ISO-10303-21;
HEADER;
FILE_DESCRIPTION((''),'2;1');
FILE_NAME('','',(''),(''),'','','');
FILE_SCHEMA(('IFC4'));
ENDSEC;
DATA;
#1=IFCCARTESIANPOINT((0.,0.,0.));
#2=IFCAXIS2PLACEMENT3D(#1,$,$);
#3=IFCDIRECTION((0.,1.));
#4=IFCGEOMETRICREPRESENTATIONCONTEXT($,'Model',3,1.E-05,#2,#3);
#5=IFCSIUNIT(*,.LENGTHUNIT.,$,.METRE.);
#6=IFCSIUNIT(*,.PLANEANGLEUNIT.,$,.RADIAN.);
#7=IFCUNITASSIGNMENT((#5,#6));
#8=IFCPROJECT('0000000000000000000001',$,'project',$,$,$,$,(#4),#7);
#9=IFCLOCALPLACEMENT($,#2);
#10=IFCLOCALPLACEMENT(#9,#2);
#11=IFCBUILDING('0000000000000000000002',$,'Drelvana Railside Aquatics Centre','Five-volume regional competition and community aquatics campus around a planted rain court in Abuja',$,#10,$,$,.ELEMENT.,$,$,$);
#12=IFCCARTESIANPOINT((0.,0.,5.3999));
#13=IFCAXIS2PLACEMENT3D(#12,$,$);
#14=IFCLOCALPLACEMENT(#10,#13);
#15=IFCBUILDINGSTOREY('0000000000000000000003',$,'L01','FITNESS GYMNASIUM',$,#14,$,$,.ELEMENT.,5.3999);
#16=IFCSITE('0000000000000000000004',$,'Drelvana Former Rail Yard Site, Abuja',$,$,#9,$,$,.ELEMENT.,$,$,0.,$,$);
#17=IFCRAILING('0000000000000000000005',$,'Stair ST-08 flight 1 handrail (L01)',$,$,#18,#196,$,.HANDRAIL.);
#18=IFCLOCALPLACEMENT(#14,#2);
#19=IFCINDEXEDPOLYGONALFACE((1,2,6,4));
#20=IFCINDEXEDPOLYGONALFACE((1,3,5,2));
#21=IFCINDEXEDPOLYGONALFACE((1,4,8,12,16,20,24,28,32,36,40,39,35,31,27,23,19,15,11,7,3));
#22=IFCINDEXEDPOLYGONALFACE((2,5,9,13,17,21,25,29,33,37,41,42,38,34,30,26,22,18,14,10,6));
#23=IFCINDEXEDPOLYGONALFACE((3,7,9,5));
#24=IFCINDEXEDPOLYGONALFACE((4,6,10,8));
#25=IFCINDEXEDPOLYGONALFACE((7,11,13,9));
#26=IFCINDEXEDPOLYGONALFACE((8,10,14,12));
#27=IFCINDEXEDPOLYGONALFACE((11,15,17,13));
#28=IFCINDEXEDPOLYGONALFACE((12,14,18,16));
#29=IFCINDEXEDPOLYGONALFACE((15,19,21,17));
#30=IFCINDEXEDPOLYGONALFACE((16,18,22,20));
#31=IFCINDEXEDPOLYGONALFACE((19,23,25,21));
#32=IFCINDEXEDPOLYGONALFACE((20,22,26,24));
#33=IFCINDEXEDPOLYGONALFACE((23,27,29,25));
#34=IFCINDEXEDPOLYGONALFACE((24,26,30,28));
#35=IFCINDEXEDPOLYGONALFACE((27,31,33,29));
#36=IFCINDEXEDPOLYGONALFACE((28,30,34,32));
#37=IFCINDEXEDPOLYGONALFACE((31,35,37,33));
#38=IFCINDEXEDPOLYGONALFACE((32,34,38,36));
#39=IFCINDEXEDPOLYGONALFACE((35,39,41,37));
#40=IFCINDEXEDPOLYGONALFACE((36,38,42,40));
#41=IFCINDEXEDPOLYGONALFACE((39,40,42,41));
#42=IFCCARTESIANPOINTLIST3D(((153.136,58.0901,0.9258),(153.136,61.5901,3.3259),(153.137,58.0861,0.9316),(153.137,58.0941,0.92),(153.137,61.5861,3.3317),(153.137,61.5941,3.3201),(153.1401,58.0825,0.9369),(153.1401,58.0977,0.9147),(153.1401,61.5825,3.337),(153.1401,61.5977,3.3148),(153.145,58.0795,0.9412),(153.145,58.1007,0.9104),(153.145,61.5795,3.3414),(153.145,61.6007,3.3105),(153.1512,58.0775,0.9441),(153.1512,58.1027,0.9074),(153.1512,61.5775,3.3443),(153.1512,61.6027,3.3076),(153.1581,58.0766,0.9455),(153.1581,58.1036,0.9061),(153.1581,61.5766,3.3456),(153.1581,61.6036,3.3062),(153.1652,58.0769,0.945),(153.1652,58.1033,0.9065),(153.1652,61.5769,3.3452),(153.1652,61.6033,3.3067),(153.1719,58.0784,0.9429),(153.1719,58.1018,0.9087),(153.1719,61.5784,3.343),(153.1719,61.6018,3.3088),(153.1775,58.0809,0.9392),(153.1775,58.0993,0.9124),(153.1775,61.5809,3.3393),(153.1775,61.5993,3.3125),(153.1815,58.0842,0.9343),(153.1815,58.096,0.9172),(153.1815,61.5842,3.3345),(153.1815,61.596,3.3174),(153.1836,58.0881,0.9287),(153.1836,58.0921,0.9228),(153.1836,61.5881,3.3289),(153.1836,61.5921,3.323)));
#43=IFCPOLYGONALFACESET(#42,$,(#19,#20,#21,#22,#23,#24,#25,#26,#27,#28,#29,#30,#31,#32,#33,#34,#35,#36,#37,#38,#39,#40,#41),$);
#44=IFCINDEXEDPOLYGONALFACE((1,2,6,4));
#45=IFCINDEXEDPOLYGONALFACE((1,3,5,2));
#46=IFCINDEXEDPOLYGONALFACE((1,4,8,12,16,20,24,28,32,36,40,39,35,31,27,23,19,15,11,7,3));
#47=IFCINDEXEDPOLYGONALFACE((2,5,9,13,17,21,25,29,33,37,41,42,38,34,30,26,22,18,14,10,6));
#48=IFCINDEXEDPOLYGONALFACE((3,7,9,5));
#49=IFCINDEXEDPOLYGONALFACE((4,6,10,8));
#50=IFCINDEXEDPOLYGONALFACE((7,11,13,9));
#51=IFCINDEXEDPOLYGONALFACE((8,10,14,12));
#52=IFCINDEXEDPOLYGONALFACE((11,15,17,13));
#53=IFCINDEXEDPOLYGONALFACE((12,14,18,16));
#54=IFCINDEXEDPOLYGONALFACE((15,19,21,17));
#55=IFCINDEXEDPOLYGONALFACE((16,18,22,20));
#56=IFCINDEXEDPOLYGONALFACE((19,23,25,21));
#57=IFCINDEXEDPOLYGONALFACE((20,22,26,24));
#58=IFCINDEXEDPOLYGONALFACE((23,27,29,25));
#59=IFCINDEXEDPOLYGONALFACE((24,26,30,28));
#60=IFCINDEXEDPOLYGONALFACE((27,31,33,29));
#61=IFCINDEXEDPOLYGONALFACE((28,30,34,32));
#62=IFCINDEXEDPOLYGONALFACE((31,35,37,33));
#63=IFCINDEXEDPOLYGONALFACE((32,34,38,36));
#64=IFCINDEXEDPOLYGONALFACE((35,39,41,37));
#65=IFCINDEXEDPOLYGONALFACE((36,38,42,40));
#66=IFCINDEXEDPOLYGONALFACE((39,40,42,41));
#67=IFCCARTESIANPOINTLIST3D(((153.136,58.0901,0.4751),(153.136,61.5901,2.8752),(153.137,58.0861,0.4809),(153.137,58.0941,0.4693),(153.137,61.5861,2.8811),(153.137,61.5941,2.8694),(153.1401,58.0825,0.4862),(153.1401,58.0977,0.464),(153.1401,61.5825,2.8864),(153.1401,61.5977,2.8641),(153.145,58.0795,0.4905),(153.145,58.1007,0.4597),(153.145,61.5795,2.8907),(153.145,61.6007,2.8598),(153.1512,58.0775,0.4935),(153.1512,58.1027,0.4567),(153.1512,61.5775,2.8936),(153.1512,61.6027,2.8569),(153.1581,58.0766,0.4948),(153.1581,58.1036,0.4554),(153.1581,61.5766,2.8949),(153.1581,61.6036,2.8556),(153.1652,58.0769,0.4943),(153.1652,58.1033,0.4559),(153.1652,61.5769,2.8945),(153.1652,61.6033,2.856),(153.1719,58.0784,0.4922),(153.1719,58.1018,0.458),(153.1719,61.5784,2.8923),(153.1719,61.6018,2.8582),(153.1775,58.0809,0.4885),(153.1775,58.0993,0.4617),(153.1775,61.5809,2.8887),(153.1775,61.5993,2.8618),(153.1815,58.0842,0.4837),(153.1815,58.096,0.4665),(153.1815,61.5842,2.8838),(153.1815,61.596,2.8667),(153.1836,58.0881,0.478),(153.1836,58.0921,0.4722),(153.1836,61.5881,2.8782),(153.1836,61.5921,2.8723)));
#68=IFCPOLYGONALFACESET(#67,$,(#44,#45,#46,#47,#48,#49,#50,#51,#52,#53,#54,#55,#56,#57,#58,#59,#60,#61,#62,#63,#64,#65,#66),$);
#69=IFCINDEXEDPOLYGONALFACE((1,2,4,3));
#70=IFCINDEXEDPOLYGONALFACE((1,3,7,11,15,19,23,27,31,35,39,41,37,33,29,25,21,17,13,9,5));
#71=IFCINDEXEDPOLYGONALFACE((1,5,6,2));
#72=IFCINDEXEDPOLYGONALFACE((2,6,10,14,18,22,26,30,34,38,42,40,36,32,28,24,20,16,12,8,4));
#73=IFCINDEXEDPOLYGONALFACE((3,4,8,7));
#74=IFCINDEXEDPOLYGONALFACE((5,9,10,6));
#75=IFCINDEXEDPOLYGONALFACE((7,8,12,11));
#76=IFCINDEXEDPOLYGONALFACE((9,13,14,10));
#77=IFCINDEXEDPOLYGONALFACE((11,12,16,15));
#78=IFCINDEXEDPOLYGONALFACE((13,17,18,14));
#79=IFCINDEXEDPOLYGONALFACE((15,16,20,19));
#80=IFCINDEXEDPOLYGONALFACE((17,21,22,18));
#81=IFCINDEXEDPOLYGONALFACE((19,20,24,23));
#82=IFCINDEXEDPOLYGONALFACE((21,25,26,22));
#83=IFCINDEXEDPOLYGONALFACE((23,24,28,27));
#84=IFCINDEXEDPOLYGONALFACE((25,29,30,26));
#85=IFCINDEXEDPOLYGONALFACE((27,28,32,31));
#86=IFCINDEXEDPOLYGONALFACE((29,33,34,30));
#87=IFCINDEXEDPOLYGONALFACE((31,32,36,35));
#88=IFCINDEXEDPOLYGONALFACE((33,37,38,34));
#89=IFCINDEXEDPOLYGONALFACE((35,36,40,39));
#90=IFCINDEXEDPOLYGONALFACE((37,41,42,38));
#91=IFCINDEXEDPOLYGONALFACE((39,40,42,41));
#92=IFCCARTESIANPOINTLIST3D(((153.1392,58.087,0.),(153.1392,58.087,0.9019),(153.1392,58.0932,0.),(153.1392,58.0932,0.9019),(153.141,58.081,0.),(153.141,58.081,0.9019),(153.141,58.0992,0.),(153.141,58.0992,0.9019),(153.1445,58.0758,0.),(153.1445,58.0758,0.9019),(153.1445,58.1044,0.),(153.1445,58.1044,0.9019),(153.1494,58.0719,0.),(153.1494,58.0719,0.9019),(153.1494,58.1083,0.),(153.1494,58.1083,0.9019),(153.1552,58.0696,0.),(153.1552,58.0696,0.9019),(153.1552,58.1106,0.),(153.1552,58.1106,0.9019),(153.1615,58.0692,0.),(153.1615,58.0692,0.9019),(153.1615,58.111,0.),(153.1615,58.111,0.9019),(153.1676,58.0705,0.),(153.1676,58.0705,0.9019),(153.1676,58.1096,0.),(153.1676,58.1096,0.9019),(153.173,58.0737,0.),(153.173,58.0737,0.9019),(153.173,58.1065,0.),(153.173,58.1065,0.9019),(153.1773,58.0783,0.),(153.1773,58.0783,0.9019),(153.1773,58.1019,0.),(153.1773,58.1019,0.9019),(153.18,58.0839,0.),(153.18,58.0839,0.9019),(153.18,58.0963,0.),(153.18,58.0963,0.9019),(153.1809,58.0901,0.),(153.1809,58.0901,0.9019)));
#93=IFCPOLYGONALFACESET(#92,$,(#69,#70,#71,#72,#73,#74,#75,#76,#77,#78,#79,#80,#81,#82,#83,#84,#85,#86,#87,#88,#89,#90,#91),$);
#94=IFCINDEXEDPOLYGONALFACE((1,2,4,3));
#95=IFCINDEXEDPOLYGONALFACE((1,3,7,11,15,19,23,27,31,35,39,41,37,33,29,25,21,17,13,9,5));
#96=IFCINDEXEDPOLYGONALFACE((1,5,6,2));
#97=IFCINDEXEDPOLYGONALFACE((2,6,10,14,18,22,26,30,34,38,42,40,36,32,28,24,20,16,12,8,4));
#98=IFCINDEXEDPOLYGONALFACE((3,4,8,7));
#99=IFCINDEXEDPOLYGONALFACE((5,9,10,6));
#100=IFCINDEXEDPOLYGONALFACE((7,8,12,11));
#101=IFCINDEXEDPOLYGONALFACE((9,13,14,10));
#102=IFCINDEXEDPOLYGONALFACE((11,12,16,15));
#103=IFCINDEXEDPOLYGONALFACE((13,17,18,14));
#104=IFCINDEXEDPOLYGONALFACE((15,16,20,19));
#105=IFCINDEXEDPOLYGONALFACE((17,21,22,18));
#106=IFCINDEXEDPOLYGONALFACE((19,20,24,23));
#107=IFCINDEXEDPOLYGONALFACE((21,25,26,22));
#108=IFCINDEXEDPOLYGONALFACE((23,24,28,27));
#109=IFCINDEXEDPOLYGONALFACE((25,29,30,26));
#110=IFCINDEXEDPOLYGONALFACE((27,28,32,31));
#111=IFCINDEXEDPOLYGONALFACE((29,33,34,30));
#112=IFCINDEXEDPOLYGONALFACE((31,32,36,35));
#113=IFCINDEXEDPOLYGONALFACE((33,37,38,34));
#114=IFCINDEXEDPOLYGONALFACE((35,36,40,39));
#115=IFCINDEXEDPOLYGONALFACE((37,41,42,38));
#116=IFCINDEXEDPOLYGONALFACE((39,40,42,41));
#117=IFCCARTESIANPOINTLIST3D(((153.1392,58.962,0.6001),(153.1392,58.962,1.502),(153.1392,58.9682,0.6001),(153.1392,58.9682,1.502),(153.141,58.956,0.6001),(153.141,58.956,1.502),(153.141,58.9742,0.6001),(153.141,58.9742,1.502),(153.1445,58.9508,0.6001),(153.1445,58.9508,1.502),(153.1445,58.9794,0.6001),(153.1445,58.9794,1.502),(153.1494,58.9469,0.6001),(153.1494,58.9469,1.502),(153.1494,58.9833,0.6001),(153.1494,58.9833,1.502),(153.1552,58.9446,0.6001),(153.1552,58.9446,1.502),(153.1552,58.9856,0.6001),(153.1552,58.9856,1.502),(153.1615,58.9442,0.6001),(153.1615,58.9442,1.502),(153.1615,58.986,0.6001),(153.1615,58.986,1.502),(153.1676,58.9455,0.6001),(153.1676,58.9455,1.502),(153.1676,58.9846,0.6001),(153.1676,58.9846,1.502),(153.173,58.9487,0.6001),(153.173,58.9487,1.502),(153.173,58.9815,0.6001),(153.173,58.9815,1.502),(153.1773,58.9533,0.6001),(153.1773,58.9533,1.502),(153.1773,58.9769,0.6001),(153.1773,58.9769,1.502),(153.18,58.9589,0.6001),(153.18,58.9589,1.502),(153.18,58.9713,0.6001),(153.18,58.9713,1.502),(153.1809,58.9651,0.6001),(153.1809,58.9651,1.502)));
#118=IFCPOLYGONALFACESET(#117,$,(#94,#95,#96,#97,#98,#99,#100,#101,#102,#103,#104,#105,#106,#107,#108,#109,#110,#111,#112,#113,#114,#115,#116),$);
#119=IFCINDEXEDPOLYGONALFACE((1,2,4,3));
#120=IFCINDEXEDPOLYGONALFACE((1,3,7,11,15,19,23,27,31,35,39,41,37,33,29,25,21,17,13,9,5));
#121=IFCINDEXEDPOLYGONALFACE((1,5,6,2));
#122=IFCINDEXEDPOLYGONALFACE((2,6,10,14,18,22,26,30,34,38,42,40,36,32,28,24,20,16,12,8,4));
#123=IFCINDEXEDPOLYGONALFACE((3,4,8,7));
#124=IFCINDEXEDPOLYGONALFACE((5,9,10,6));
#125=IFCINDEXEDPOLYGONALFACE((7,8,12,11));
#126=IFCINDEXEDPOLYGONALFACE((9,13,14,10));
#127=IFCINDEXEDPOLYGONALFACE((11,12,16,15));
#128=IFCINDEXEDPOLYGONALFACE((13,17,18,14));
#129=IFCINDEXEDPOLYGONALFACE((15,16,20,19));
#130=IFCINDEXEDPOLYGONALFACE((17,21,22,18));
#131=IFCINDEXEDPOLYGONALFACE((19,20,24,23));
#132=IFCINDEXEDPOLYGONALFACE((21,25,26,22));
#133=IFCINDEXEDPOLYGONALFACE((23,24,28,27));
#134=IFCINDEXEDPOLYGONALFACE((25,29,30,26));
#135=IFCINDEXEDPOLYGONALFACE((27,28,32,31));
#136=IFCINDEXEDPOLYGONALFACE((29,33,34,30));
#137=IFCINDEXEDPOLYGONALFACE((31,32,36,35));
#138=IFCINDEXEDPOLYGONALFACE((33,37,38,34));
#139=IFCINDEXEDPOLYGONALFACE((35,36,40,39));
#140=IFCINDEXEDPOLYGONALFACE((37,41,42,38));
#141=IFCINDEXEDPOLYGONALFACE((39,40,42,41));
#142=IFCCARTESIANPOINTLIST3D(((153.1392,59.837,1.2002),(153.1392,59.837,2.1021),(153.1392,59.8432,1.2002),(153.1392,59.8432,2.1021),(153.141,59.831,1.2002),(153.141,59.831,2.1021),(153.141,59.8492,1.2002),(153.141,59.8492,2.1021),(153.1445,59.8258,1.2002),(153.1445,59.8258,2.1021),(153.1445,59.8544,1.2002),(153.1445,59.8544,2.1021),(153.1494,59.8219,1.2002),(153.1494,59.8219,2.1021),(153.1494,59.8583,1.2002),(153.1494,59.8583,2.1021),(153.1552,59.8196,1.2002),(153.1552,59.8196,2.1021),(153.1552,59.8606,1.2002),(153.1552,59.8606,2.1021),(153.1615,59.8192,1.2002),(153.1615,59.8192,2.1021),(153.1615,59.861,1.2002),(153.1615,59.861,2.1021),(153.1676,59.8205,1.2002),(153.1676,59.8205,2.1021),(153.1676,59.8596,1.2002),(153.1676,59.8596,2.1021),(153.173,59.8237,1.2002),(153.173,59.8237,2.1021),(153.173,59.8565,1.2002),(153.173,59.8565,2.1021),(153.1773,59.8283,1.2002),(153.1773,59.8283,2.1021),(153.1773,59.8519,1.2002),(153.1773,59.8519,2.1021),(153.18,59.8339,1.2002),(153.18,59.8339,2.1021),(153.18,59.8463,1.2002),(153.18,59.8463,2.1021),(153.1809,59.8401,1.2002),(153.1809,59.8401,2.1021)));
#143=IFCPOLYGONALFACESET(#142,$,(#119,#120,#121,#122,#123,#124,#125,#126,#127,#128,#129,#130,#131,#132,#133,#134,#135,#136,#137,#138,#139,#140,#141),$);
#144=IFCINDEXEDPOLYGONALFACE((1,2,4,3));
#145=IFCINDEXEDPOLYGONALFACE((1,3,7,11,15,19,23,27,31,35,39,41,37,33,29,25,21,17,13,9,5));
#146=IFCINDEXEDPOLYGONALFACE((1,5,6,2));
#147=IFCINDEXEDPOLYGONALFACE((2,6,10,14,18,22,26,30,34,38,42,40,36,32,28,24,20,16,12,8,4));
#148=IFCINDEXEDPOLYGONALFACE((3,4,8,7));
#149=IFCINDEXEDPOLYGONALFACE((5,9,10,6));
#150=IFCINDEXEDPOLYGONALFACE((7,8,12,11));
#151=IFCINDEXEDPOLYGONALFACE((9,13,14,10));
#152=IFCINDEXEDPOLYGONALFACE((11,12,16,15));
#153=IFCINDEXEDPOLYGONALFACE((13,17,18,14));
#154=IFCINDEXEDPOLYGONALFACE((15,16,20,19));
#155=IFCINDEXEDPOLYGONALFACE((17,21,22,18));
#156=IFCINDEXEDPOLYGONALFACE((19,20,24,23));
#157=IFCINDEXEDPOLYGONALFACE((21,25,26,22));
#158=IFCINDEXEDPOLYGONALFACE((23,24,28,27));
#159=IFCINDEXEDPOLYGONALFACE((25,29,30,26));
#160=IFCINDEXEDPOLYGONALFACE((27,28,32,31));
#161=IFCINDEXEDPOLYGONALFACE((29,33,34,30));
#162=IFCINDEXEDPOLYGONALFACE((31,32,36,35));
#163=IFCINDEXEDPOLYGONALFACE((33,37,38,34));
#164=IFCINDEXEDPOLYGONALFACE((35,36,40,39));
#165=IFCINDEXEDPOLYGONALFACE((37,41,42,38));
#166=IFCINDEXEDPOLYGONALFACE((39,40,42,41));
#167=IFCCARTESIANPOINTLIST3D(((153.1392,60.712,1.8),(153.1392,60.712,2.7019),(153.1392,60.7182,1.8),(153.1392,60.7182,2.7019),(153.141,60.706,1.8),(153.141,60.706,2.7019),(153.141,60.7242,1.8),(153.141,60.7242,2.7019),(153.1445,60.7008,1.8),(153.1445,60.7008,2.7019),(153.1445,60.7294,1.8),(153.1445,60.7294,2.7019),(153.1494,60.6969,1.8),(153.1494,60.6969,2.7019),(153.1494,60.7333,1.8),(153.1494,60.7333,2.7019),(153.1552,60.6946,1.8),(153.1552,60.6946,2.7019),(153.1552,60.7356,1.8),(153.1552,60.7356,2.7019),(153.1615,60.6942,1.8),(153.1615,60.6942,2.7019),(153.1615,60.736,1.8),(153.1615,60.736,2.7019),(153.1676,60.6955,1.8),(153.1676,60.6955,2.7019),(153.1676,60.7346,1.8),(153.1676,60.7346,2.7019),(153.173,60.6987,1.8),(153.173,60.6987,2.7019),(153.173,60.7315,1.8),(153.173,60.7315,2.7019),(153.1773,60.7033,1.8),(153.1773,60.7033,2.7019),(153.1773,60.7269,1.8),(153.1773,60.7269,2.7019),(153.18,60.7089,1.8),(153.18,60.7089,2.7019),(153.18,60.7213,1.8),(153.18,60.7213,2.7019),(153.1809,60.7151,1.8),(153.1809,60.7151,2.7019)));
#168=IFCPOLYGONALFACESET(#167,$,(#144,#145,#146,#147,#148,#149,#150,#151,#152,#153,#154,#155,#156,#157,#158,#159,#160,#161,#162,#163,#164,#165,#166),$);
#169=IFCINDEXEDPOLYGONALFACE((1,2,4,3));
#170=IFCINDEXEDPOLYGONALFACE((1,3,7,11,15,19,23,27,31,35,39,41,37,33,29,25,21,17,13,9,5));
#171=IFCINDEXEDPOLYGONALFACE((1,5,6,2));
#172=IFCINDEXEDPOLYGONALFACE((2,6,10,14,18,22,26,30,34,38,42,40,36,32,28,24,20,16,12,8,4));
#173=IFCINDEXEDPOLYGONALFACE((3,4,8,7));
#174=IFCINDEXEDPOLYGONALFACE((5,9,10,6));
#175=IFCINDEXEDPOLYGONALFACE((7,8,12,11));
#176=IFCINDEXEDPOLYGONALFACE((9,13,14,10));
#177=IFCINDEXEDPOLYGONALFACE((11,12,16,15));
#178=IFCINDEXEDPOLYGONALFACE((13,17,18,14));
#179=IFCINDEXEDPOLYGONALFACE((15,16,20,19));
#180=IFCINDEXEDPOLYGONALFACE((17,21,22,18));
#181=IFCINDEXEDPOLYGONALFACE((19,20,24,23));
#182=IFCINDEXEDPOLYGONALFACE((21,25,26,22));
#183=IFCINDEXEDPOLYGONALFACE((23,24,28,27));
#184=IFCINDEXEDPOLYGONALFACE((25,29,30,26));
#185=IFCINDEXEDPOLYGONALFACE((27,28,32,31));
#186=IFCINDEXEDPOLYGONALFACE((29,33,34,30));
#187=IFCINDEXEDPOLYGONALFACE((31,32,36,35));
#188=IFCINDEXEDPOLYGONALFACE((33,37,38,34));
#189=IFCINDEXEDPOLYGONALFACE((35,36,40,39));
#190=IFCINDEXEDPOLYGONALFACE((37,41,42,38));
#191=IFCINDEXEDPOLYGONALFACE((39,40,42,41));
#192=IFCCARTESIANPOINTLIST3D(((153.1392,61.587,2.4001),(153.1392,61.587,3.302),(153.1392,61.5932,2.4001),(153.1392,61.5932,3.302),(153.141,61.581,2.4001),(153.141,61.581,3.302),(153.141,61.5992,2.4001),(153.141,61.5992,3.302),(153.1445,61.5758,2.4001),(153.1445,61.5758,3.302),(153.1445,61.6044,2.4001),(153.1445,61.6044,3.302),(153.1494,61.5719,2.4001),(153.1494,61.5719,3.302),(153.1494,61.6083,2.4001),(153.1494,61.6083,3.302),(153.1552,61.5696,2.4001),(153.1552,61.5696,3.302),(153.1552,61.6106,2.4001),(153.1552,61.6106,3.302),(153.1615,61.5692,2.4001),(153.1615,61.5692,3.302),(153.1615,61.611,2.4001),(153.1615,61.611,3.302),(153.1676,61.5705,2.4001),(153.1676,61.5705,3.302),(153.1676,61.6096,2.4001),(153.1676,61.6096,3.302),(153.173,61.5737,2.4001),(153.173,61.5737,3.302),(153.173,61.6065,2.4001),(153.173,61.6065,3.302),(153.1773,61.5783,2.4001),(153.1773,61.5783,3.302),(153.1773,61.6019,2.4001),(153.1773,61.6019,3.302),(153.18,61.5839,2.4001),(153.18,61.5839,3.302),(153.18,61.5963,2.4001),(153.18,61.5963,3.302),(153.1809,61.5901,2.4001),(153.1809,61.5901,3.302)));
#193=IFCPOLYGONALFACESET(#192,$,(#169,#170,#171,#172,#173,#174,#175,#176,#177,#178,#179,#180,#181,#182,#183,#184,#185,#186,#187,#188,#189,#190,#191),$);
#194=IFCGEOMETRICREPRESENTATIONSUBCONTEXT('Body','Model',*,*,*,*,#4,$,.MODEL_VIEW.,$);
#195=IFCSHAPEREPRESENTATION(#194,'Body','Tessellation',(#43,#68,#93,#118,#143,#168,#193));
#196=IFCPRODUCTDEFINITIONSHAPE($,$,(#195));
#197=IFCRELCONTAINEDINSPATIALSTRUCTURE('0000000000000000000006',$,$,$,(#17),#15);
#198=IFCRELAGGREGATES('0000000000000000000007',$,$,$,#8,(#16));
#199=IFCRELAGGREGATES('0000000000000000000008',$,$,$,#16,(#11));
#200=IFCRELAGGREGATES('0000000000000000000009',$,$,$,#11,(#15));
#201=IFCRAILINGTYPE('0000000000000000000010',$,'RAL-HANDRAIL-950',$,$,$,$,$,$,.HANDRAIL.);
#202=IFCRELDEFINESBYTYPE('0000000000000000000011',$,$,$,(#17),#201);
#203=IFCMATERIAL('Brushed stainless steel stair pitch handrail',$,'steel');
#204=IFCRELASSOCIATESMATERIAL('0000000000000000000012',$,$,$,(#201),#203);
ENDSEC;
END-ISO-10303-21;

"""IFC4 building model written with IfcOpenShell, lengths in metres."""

from ifc_helpers import new_model, si_unit, direction, frame, origin, origin_2d, place, context, subcontext, project, spatial, circle, extrude, material, type_object, element, save


model = new_model("IFC4")

# Units and contexts
model_context = context("Model", 3, precision=1e-05, world=origin(), true_north=direction((0.0, 1.0)))
body_context = subcontext(model_context, "Body", "Model", "MODEL_VIEW")
ifc_project = project(units=[si_unit("LENGTHUNIT", "METRE"), si_unit("PLANEANGLEUNIT", "RADIAN")], contexts=[model_context])

# Site, building, storey
site_placement = place(None, origin())
site = spatial("IfcSite", under=ifc_project, at=site_placement, Name="Drelvana Former Rail Yard Site, Abuja", CompositionType="ELEMENT", RefElevation=0.0)
building_placement = place(site_placement, origin())
building = spatial("IfcBuilding", under=site, at=building_placement, Name="Drelvana Railside Aquatics Centre", Description="Five-volume regional competition and community aquatics campus around a planted rain court in Abuja", CompositionType="ELEMENT")
storey_placement = place(building_placement, frame((0.0, 0.0, 5.3999)))
storey = spatial("IfcBuildingStorey", under=building, at=storey_placement, Name="L01", Description="FITNESS GYMNASIUM", CompositionType="ELEMENT", Elevation=5.3999)

# Railing
ifc_material_1 = material(Name="Brushed stainless steel stair pitch handrail", Category="steel")
railing_type = type_object("IfcRailingType", Name="RAL-HANDRAIL-950", PredefinedType="HANDRAIL", material=ifc_material_1)
railing_1_placement = place(storey_placement, frame((153.1599, 58.0901, 0.0)))
element("IfcRailing", 1, at=railing_1_placement, inside=storey, type_object=railing_type, Name="Stair ST-08 flight 1 handrail (L01)", PredefinedType="HANDRAIL", context=body_context, shape_type="SweptSolid", body=[
    extrude(circle(Radius=0.0239, at=origin_2d()), frame((0.0, 0.0, 0.9258), z_axis=(0.0, 0.824713, 0.565552), x_axis=(-1.0, 0.0, 0.0)), (0.0, 0.0, 1.0), 4.2439),
    extrude(circle(Radius=0.0239, at=origin_2d()), frame((0.0, 0.0, 0.4751), z_axis=(0.0, 0.824713, 0.565552), x_axis=(-1.0, 0.0, 0.0)), (0.0, 0.0, 1.0), 4.2439),
    extrude(circle(Radius=0.021, at=origin_2d()), origin(), (0.0, 0.0, 1.0), 0.9019),
    extrude(circle(Radius=0.021, at=origin_2d()), frame((0.0, 0.875, 0.6001)), (0.0, 0.0, 1.0), 0.9019),
    extrude(circle(Radius=0.021, at=origin_2d()), frame((0.0, 1.75, 1.2002)), (0.0, 0.0, 1.0), 0.9019),
    extrude(circle(Radius=0.021, at=origin_2d()), frame((0.0, 2.625, 1.8)), (0.0, 0.0, 1.0), 0.9019),
    extrude(circle(Radius=0.021, at=origin_2d()), frame((0.0, 3.5, 2.4001)), (0.0, 0.0, 1.0), 0.9019),
])

save(model, "model.ifc")
